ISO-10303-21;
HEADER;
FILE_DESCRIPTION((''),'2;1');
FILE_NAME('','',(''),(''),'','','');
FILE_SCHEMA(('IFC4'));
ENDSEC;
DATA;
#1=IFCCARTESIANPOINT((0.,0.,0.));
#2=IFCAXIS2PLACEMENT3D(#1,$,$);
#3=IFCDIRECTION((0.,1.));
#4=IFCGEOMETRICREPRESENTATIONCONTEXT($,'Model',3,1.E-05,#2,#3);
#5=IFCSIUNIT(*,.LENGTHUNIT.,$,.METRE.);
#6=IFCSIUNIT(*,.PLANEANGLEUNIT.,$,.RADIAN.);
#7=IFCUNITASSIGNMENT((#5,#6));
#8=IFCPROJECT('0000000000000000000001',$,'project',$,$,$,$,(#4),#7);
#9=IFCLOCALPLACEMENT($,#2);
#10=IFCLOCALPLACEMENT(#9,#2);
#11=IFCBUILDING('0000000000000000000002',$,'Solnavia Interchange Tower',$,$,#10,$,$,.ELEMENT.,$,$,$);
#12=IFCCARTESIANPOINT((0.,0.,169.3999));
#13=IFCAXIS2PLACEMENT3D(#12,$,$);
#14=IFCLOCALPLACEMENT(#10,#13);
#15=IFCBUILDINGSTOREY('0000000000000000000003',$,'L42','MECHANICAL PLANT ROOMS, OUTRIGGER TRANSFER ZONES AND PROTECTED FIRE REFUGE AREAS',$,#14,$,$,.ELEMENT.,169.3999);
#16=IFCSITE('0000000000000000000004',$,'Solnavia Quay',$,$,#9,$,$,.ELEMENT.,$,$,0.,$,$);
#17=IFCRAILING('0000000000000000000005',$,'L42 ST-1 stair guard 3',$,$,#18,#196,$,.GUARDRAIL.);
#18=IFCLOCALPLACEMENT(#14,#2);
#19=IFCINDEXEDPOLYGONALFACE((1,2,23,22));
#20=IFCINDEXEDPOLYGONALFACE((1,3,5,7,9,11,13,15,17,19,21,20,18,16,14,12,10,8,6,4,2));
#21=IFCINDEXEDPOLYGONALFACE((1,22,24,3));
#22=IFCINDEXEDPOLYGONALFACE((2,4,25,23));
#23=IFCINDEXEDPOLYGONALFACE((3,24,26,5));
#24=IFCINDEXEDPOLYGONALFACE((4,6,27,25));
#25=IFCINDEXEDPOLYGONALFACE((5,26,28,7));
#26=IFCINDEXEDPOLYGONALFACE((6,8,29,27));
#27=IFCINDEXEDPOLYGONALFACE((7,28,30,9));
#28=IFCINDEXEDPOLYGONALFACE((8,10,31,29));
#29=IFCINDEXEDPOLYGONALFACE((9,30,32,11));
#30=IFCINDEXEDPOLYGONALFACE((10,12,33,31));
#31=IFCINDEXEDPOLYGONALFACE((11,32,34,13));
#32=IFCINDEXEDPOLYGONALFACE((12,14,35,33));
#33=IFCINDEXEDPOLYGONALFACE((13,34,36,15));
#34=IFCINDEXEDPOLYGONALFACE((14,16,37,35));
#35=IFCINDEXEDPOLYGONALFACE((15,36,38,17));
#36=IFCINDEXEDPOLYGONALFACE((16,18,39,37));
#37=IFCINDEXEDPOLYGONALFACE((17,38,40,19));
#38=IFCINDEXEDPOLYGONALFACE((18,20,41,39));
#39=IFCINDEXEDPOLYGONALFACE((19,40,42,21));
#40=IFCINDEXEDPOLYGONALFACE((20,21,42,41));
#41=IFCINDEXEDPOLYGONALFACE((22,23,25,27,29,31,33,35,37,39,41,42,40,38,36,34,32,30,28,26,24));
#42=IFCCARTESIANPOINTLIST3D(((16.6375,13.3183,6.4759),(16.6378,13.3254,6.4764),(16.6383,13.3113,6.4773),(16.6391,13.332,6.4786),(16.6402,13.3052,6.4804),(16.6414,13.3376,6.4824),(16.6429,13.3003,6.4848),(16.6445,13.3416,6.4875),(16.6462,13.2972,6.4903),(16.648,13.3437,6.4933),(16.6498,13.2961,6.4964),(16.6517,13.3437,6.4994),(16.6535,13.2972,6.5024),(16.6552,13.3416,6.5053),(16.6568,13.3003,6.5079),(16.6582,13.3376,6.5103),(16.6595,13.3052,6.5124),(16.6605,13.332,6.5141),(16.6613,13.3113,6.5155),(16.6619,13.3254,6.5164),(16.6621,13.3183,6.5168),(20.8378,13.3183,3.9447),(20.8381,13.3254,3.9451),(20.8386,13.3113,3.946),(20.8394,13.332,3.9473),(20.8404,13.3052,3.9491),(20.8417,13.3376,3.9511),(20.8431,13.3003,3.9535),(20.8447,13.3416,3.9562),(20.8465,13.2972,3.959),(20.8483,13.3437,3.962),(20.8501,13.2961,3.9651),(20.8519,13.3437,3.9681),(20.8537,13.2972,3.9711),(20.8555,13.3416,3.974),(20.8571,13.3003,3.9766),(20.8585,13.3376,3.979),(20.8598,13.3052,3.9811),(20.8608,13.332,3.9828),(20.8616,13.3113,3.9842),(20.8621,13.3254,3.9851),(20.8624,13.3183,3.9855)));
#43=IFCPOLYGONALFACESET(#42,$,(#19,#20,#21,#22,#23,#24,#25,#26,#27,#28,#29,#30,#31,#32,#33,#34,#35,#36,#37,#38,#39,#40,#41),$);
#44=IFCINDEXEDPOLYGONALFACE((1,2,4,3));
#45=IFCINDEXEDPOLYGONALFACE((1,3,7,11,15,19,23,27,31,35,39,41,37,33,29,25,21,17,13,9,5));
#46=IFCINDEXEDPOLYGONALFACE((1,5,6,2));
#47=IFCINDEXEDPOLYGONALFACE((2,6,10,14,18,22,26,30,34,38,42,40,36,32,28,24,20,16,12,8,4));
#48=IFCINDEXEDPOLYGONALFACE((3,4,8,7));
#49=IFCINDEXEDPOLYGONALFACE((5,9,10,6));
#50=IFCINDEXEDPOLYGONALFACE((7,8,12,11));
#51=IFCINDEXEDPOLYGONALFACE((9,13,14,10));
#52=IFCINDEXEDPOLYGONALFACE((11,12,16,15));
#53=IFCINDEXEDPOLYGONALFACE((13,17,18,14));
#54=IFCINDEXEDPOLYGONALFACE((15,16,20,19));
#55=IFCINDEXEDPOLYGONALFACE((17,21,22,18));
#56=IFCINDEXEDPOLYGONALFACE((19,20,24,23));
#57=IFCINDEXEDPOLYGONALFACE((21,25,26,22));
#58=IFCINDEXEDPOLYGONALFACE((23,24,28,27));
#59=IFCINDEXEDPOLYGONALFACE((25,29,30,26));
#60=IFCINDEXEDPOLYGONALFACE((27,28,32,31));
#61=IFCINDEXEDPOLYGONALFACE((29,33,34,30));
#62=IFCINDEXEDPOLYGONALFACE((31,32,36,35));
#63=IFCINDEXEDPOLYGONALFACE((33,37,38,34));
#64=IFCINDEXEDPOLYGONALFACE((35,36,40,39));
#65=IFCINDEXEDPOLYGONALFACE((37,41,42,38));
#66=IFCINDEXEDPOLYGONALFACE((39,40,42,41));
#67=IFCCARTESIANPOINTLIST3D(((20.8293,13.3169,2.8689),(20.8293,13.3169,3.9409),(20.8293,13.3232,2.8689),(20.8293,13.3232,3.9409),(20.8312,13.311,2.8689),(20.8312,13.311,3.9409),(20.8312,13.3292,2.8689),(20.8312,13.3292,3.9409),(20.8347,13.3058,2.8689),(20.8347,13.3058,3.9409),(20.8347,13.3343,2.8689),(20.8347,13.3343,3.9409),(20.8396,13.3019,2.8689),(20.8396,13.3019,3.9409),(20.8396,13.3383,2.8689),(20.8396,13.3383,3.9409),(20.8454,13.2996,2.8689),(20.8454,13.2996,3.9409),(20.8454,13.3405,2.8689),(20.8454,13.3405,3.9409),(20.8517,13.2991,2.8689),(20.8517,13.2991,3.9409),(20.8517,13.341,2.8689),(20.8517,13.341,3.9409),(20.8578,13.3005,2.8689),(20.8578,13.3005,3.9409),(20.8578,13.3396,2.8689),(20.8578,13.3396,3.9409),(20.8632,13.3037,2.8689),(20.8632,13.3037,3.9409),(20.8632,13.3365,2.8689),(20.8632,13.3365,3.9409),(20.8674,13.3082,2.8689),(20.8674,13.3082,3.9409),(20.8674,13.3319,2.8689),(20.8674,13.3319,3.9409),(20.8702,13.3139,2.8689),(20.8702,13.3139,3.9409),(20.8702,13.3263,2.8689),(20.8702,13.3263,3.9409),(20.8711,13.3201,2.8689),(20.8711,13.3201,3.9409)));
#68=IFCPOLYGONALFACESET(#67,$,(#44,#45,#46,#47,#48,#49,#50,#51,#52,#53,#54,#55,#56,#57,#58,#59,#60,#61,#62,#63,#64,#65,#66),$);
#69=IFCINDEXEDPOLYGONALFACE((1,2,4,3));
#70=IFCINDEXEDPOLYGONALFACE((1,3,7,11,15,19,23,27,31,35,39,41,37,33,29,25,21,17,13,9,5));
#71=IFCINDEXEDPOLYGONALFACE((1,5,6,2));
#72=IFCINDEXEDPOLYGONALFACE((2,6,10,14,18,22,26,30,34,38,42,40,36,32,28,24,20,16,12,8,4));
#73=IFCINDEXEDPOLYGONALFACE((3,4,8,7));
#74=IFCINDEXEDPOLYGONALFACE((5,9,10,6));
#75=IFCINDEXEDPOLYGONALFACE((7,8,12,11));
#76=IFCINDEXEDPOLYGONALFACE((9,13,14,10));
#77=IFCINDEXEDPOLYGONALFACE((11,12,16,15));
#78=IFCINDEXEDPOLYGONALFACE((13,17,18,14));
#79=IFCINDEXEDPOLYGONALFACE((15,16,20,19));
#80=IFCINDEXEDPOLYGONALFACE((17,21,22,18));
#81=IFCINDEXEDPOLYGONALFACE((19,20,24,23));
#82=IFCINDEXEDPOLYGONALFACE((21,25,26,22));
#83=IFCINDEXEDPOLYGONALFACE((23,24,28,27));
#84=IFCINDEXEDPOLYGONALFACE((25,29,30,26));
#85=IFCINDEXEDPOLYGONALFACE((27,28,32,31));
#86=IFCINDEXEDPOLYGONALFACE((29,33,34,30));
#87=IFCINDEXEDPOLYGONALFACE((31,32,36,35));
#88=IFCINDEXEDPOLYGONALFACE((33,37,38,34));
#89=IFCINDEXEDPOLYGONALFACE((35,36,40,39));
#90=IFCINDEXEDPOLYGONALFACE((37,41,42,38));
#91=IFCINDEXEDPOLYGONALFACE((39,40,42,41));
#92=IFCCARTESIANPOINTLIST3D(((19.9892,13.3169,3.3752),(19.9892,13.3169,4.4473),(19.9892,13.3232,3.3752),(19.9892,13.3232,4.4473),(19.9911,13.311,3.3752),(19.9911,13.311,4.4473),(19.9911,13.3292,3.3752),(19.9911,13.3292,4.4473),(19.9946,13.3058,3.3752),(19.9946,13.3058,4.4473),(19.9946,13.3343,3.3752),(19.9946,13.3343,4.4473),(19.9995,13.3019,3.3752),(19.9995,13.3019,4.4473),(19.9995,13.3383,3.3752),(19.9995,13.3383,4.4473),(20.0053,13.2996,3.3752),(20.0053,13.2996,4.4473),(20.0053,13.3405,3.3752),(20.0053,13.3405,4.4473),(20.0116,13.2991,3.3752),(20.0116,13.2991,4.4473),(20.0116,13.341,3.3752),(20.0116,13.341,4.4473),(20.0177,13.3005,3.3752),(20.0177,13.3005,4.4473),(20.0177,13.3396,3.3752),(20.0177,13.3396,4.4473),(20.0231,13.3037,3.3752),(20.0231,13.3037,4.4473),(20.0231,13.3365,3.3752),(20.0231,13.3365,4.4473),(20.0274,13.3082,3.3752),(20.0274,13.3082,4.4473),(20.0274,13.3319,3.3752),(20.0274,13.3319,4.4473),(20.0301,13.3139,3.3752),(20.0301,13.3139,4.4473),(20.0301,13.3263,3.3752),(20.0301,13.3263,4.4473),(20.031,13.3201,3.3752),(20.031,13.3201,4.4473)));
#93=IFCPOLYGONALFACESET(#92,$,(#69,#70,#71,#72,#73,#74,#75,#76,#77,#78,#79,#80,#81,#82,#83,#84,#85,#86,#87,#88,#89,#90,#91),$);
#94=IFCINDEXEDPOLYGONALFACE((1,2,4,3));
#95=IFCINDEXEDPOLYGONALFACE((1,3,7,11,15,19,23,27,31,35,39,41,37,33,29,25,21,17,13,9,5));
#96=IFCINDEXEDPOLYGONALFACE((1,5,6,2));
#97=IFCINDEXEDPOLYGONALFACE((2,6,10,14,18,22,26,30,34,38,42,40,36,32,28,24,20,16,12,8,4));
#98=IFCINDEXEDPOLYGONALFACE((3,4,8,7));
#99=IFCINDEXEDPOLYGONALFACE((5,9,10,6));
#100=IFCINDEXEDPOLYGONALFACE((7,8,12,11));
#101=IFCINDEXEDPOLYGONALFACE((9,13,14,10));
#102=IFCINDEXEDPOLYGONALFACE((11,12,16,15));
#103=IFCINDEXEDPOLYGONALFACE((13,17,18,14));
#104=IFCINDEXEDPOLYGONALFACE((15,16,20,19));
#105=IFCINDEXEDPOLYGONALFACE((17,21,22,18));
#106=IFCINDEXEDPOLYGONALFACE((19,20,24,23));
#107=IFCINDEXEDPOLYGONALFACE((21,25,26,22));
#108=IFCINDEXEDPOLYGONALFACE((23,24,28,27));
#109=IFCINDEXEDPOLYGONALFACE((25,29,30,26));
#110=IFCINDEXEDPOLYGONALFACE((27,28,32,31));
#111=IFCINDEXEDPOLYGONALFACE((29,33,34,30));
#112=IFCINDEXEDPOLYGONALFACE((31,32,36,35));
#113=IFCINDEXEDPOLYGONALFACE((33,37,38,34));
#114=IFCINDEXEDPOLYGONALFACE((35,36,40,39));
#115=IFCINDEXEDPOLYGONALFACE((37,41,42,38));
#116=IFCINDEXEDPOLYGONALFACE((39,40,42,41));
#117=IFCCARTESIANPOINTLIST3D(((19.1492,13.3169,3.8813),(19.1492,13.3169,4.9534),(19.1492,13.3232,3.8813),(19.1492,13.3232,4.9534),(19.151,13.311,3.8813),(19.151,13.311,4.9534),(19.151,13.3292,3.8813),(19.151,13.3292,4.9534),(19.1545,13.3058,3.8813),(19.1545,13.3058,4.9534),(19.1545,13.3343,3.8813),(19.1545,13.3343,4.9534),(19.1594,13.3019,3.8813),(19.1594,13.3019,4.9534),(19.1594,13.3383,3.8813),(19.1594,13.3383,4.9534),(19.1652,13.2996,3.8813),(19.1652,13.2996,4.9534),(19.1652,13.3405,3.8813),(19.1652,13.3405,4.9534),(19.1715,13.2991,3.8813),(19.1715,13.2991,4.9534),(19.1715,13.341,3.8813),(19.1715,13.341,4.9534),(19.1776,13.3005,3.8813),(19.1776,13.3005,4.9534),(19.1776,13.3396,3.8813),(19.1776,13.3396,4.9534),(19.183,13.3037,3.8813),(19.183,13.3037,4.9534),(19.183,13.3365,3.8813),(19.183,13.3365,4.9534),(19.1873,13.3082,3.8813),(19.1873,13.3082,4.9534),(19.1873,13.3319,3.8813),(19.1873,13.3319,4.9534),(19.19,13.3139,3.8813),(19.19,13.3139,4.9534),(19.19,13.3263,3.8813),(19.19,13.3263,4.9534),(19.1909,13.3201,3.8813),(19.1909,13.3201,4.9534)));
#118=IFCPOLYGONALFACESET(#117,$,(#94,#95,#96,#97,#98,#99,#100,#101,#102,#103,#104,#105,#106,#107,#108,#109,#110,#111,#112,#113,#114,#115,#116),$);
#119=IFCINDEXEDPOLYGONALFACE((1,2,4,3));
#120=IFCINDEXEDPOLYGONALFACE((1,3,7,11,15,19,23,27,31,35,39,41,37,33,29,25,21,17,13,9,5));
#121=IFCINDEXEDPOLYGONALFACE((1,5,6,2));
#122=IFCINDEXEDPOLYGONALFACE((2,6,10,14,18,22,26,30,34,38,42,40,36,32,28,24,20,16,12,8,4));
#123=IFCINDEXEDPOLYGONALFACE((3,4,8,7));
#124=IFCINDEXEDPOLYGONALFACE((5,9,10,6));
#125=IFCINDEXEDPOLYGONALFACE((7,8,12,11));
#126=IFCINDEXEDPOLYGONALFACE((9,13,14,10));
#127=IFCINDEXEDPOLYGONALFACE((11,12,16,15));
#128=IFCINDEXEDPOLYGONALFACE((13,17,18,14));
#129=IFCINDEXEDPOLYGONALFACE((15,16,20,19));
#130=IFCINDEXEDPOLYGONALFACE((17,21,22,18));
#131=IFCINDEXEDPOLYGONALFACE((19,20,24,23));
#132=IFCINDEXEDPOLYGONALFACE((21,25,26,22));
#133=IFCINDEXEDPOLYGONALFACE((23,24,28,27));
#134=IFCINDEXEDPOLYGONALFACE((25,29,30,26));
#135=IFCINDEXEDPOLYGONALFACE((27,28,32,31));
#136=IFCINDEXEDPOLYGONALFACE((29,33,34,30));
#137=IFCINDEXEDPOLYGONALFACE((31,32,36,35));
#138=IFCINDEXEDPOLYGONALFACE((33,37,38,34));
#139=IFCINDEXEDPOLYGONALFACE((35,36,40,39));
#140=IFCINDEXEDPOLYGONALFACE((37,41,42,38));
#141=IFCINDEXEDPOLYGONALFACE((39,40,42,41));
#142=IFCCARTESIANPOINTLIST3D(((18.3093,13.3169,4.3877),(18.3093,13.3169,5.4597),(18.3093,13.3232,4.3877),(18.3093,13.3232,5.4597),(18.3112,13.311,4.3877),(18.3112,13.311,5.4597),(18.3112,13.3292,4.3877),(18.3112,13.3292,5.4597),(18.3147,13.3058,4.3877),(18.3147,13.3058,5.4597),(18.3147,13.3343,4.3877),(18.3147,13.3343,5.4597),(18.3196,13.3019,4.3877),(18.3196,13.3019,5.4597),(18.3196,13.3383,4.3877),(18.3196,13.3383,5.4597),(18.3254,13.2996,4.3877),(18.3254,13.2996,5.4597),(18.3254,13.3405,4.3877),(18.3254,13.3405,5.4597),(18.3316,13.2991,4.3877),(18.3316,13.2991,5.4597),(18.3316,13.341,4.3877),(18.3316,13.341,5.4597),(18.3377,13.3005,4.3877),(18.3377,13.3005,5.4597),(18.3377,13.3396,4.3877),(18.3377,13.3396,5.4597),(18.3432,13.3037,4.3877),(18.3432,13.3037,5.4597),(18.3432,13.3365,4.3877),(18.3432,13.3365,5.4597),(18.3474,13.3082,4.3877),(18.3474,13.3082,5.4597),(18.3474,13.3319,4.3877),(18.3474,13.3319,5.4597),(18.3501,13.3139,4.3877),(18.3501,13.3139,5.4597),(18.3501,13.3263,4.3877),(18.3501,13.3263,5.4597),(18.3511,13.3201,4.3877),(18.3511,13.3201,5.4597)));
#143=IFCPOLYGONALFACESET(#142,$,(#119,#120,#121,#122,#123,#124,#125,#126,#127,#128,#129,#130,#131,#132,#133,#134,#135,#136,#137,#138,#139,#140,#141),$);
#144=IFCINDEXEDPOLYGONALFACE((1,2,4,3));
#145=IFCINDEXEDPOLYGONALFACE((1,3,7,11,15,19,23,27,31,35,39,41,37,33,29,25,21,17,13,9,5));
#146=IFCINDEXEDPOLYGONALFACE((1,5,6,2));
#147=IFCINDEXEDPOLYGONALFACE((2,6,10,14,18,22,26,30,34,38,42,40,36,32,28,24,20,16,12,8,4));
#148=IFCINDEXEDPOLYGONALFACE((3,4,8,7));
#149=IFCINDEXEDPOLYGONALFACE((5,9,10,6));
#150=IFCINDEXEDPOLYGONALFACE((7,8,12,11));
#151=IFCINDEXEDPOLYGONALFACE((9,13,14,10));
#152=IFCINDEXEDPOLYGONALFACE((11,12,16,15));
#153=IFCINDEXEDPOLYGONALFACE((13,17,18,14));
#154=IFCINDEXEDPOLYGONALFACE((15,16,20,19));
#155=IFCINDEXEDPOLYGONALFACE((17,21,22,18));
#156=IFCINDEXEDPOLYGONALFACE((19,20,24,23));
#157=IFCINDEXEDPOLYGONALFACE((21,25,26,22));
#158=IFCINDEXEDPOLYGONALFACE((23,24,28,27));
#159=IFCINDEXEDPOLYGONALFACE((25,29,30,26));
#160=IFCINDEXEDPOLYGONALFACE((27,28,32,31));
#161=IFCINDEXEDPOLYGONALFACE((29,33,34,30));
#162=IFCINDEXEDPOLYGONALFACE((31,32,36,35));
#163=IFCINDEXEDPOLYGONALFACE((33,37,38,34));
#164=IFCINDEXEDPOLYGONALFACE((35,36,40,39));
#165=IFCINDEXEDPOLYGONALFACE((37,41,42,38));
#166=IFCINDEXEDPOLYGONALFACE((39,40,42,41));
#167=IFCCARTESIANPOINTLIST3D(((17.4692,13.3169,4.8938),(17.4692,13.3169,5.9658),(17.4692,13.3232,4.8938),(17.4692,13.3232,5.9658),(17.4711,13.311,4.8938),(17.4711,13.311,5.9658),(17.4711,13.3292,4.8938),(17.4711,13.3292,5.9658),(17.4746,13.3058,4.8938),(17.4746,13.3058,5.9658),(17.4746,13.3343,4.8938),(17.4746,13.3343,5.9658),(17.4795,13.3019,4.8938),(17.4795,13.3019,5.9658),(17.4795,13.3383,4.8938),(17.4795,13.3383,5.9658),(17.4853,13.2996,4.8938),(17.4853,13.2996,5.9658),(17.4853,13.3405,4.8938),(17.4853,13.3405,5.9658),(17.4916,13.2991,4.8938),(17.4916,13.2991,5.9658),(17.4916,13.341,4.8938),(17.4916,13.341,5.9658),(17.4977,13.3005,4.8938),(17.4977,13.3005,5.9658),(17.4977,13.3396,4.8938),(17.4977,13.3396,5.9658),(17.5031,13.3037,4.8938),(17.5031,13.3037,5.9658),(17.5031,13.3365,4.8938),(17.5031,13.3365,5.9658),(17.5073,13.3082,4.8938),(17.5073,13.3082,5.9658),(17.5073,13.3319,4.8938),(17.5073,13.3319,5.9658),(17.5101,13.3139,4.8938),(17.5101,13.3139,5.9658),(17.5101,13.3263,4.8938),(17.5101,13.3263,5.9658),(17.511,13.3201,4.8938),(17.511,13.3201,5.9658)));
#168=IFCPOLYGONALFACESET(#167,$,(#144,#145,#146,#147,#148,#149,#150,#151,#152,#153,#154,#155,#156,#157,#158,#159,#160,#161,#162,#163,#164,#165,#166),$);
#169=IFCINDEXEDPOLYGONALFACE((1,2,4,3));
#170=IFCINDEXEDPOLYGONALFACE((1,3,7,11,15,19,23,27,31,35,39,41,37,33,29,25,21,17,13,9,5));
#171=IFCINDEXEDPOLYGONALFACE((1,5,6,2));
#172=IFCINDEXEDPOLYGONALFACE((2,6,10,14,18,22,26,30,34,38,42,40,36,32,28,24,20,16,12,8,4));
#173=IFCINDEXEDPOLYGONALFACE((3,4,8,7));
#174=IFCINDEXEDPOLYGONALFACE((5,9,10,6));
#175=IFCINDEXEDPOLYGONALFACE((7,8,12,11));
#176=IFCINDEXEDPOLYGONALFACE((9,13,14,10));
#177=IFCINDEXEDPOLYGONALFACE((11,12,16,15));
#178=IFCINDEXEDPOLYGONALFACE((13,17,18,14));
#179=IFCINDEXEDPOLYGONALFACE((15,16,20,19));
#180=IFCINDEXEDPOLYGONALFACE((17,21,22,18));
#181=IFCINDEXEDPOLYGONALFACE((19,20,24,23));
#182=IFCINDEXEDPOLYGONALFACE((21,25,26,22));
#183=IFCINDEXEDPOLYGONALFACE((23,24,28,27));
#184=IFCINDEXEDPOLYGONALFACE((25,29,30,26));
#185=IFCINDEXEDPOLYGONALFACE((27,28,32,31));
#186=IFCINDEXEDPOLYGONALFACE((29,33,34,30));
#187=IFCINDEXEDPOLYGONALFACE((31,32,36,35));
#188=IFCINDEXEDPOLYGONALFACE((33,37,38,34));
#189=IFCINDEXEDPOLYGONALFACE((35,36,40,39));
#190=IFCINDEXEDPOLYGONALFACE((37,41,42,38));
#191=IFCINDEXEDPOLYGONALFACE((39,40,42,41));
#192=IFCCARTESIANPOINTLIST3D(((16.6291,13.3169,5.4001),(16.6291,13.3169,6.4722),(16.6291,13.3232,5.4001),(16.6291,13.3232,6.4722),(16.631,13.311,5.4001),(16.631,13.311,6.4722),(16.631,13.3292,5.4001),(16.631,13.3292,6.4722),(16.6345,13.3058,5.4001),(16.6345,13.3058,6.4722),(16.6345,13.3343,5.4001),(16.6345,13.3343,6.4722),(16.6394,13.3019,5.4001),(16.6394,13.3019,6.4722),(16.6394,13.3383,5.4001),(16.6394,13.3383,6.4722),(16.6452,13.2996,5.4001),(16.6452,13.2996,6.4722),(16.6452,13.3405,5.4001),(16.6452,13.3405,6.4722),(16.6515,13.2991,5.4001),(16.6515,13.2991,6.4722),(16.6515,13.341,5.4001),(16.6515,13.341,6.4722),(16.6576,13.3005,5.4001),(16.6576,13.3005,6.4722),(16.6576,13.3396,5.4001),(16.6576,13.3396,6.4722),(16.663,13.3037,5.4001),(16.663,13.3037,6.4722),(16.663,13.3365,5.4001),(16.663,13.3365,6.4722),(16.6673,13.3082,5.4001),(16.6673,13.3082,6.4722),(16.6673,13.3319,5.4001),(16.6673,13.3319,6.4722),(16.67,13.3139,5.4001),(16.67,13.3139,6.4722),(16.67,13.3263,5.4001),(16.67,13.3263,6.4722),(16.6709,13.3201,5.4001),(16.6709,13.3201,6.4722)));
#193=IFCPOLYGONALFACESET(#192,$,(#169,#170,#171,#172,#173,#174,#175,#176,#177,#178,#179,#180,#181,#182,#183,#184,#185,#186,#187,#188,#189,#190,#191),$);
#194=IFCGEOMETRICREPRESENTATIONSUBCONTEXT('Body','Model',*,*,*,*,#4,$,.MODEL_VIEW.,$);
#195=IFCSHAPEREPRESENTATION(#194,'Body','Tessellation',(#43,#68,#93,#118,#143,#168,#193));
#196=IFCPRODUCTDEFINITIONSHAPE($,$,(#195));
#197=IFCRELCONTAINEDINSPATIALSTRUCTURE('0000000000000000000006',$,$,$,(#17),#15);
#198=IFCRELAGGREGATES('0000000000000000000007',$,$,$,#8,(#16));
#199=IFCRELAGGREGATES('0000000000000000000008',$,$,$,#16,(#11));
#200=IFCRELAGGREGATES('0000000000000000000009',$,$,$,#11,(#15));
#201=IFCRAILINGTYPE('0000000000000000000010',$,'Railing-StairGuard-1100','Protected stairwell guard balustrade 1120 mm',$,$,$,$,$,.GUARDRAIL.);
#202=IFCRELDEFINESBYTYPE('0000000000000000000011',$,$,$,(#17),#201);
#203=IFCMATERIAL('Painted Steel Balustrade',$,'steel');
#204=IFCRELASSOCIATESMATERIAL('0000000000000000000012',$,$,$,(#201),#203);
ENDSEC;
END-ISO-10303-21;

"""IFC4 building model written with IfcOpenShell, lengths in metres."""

from ifc_helpers import new_model, si_unit, direction, frame, origin, origin_2d, place, context, subcontext, project, spatial, circle, extrude, material, type_object, element, save


model = new_model("IFC4")

# Units and contexts
model_context = context("Model", 3, precision=1e-05, world=origin(), true_north=direction((0.0, 1.0)))
body_context = subcontext(model_context, "Body", "Model", "MODEL_VIEW")
ifc_project = project(units=[si_unit("LENGTHUNIT", "METRE"), si_unit("PLANEANGLEUNIT", "RADIAN")], contexts=[model_context])

# Site, building, storey
site_placement = place(None, origin())
site = spatial("IfcSite", under=ifc_project, at=site_placement, Name="Solnavia Quay", CompositionType="ELEMENT", RefElevation=0.0)
building_placement = place(site_placement, origin())
building = spatial("IfcBuilding", under=site, at=building_placement, Name="Solnavia Interchange Tower", CompositionType="ELEMENT")
storey_placement = place(building_placement, frame((0.0, 0.0, 169.3999)))
storey = spatial("IfcBuildingStorey", under=building, at=storey_placement, Name="L42", Description="MECHANICAL PLANT ROOMS, OUTRIGGER TRANSFER ZONES AND PROTECTED FIRE REFUGE AREAS", CompositionType="ELEMENT", Elevation=169.3999)

# Railing
ifc_material_1 = material(Name="Painted Steel Balustrade", Category="steel")
railing_type_1 = type_object("IfcRailingType", Name="Railing-StairGuard-1100", Description="Protected stairwell guard balustrade 1120 mm", PredefinedType="GUARDRAIL", material=ifc_material_1)
railing_1_placement = place(storey_placement, frame((20.8501, 13.3201, 2.8689)))
element("IfcRailing", 1, at=railing_1_placement, inside=storey, type_object=railing_type_1, Name="L42 ST-1 stair guard 3", PredefinedType="GUARDRAIL", context=body_context, shape_type="SweptSolid", body=[
    extrude(circle(Radius=0.0239, at=origin_2d()), frame((0.0, 0.0, 1.0962), z_axis=(-0.85649, 0.0, 0.516164), x_axis=(0.0, -1.0, 0.0)), (0.0, 0.0, 1.0), 4.9041),
    extrude(circle(Radius=0.021, at=origin_2d()), origin(), (0.0, 0.0, 1.0), 1.072),
    extrude(circle(Radius=0.021, at=origin_2d()), frame((-0.8401, 0.0, 0.5063)), (0.0, 0.0, 1.0), 1.072),
    extrude(circle(Radius=0.021, at=origin_2d()), frame((-1.6802, 0.0, 1.0125)), (0.0, 0.0, 1.0), 1.072),
    extrude(circle(Radius=0.021, at=origin_2d()), frame((-2.52, 0.0, 1.5188)), (0.0, 0.0, 1.0), 1.072),
    extrude(circle(Radius=0.021, at=origin_2d()), frame((-3.3601, 0.0, 2.0249)), (0.0, 0.0, 1.0), 1.072),
    extrude(circle(Radius=0.021, at=origin_2d()), frame((-4.2002, 0.0, 2.5312)), (0.0, 0.0, 1.0), 1.072),
])

save(model, "model.ifc")
